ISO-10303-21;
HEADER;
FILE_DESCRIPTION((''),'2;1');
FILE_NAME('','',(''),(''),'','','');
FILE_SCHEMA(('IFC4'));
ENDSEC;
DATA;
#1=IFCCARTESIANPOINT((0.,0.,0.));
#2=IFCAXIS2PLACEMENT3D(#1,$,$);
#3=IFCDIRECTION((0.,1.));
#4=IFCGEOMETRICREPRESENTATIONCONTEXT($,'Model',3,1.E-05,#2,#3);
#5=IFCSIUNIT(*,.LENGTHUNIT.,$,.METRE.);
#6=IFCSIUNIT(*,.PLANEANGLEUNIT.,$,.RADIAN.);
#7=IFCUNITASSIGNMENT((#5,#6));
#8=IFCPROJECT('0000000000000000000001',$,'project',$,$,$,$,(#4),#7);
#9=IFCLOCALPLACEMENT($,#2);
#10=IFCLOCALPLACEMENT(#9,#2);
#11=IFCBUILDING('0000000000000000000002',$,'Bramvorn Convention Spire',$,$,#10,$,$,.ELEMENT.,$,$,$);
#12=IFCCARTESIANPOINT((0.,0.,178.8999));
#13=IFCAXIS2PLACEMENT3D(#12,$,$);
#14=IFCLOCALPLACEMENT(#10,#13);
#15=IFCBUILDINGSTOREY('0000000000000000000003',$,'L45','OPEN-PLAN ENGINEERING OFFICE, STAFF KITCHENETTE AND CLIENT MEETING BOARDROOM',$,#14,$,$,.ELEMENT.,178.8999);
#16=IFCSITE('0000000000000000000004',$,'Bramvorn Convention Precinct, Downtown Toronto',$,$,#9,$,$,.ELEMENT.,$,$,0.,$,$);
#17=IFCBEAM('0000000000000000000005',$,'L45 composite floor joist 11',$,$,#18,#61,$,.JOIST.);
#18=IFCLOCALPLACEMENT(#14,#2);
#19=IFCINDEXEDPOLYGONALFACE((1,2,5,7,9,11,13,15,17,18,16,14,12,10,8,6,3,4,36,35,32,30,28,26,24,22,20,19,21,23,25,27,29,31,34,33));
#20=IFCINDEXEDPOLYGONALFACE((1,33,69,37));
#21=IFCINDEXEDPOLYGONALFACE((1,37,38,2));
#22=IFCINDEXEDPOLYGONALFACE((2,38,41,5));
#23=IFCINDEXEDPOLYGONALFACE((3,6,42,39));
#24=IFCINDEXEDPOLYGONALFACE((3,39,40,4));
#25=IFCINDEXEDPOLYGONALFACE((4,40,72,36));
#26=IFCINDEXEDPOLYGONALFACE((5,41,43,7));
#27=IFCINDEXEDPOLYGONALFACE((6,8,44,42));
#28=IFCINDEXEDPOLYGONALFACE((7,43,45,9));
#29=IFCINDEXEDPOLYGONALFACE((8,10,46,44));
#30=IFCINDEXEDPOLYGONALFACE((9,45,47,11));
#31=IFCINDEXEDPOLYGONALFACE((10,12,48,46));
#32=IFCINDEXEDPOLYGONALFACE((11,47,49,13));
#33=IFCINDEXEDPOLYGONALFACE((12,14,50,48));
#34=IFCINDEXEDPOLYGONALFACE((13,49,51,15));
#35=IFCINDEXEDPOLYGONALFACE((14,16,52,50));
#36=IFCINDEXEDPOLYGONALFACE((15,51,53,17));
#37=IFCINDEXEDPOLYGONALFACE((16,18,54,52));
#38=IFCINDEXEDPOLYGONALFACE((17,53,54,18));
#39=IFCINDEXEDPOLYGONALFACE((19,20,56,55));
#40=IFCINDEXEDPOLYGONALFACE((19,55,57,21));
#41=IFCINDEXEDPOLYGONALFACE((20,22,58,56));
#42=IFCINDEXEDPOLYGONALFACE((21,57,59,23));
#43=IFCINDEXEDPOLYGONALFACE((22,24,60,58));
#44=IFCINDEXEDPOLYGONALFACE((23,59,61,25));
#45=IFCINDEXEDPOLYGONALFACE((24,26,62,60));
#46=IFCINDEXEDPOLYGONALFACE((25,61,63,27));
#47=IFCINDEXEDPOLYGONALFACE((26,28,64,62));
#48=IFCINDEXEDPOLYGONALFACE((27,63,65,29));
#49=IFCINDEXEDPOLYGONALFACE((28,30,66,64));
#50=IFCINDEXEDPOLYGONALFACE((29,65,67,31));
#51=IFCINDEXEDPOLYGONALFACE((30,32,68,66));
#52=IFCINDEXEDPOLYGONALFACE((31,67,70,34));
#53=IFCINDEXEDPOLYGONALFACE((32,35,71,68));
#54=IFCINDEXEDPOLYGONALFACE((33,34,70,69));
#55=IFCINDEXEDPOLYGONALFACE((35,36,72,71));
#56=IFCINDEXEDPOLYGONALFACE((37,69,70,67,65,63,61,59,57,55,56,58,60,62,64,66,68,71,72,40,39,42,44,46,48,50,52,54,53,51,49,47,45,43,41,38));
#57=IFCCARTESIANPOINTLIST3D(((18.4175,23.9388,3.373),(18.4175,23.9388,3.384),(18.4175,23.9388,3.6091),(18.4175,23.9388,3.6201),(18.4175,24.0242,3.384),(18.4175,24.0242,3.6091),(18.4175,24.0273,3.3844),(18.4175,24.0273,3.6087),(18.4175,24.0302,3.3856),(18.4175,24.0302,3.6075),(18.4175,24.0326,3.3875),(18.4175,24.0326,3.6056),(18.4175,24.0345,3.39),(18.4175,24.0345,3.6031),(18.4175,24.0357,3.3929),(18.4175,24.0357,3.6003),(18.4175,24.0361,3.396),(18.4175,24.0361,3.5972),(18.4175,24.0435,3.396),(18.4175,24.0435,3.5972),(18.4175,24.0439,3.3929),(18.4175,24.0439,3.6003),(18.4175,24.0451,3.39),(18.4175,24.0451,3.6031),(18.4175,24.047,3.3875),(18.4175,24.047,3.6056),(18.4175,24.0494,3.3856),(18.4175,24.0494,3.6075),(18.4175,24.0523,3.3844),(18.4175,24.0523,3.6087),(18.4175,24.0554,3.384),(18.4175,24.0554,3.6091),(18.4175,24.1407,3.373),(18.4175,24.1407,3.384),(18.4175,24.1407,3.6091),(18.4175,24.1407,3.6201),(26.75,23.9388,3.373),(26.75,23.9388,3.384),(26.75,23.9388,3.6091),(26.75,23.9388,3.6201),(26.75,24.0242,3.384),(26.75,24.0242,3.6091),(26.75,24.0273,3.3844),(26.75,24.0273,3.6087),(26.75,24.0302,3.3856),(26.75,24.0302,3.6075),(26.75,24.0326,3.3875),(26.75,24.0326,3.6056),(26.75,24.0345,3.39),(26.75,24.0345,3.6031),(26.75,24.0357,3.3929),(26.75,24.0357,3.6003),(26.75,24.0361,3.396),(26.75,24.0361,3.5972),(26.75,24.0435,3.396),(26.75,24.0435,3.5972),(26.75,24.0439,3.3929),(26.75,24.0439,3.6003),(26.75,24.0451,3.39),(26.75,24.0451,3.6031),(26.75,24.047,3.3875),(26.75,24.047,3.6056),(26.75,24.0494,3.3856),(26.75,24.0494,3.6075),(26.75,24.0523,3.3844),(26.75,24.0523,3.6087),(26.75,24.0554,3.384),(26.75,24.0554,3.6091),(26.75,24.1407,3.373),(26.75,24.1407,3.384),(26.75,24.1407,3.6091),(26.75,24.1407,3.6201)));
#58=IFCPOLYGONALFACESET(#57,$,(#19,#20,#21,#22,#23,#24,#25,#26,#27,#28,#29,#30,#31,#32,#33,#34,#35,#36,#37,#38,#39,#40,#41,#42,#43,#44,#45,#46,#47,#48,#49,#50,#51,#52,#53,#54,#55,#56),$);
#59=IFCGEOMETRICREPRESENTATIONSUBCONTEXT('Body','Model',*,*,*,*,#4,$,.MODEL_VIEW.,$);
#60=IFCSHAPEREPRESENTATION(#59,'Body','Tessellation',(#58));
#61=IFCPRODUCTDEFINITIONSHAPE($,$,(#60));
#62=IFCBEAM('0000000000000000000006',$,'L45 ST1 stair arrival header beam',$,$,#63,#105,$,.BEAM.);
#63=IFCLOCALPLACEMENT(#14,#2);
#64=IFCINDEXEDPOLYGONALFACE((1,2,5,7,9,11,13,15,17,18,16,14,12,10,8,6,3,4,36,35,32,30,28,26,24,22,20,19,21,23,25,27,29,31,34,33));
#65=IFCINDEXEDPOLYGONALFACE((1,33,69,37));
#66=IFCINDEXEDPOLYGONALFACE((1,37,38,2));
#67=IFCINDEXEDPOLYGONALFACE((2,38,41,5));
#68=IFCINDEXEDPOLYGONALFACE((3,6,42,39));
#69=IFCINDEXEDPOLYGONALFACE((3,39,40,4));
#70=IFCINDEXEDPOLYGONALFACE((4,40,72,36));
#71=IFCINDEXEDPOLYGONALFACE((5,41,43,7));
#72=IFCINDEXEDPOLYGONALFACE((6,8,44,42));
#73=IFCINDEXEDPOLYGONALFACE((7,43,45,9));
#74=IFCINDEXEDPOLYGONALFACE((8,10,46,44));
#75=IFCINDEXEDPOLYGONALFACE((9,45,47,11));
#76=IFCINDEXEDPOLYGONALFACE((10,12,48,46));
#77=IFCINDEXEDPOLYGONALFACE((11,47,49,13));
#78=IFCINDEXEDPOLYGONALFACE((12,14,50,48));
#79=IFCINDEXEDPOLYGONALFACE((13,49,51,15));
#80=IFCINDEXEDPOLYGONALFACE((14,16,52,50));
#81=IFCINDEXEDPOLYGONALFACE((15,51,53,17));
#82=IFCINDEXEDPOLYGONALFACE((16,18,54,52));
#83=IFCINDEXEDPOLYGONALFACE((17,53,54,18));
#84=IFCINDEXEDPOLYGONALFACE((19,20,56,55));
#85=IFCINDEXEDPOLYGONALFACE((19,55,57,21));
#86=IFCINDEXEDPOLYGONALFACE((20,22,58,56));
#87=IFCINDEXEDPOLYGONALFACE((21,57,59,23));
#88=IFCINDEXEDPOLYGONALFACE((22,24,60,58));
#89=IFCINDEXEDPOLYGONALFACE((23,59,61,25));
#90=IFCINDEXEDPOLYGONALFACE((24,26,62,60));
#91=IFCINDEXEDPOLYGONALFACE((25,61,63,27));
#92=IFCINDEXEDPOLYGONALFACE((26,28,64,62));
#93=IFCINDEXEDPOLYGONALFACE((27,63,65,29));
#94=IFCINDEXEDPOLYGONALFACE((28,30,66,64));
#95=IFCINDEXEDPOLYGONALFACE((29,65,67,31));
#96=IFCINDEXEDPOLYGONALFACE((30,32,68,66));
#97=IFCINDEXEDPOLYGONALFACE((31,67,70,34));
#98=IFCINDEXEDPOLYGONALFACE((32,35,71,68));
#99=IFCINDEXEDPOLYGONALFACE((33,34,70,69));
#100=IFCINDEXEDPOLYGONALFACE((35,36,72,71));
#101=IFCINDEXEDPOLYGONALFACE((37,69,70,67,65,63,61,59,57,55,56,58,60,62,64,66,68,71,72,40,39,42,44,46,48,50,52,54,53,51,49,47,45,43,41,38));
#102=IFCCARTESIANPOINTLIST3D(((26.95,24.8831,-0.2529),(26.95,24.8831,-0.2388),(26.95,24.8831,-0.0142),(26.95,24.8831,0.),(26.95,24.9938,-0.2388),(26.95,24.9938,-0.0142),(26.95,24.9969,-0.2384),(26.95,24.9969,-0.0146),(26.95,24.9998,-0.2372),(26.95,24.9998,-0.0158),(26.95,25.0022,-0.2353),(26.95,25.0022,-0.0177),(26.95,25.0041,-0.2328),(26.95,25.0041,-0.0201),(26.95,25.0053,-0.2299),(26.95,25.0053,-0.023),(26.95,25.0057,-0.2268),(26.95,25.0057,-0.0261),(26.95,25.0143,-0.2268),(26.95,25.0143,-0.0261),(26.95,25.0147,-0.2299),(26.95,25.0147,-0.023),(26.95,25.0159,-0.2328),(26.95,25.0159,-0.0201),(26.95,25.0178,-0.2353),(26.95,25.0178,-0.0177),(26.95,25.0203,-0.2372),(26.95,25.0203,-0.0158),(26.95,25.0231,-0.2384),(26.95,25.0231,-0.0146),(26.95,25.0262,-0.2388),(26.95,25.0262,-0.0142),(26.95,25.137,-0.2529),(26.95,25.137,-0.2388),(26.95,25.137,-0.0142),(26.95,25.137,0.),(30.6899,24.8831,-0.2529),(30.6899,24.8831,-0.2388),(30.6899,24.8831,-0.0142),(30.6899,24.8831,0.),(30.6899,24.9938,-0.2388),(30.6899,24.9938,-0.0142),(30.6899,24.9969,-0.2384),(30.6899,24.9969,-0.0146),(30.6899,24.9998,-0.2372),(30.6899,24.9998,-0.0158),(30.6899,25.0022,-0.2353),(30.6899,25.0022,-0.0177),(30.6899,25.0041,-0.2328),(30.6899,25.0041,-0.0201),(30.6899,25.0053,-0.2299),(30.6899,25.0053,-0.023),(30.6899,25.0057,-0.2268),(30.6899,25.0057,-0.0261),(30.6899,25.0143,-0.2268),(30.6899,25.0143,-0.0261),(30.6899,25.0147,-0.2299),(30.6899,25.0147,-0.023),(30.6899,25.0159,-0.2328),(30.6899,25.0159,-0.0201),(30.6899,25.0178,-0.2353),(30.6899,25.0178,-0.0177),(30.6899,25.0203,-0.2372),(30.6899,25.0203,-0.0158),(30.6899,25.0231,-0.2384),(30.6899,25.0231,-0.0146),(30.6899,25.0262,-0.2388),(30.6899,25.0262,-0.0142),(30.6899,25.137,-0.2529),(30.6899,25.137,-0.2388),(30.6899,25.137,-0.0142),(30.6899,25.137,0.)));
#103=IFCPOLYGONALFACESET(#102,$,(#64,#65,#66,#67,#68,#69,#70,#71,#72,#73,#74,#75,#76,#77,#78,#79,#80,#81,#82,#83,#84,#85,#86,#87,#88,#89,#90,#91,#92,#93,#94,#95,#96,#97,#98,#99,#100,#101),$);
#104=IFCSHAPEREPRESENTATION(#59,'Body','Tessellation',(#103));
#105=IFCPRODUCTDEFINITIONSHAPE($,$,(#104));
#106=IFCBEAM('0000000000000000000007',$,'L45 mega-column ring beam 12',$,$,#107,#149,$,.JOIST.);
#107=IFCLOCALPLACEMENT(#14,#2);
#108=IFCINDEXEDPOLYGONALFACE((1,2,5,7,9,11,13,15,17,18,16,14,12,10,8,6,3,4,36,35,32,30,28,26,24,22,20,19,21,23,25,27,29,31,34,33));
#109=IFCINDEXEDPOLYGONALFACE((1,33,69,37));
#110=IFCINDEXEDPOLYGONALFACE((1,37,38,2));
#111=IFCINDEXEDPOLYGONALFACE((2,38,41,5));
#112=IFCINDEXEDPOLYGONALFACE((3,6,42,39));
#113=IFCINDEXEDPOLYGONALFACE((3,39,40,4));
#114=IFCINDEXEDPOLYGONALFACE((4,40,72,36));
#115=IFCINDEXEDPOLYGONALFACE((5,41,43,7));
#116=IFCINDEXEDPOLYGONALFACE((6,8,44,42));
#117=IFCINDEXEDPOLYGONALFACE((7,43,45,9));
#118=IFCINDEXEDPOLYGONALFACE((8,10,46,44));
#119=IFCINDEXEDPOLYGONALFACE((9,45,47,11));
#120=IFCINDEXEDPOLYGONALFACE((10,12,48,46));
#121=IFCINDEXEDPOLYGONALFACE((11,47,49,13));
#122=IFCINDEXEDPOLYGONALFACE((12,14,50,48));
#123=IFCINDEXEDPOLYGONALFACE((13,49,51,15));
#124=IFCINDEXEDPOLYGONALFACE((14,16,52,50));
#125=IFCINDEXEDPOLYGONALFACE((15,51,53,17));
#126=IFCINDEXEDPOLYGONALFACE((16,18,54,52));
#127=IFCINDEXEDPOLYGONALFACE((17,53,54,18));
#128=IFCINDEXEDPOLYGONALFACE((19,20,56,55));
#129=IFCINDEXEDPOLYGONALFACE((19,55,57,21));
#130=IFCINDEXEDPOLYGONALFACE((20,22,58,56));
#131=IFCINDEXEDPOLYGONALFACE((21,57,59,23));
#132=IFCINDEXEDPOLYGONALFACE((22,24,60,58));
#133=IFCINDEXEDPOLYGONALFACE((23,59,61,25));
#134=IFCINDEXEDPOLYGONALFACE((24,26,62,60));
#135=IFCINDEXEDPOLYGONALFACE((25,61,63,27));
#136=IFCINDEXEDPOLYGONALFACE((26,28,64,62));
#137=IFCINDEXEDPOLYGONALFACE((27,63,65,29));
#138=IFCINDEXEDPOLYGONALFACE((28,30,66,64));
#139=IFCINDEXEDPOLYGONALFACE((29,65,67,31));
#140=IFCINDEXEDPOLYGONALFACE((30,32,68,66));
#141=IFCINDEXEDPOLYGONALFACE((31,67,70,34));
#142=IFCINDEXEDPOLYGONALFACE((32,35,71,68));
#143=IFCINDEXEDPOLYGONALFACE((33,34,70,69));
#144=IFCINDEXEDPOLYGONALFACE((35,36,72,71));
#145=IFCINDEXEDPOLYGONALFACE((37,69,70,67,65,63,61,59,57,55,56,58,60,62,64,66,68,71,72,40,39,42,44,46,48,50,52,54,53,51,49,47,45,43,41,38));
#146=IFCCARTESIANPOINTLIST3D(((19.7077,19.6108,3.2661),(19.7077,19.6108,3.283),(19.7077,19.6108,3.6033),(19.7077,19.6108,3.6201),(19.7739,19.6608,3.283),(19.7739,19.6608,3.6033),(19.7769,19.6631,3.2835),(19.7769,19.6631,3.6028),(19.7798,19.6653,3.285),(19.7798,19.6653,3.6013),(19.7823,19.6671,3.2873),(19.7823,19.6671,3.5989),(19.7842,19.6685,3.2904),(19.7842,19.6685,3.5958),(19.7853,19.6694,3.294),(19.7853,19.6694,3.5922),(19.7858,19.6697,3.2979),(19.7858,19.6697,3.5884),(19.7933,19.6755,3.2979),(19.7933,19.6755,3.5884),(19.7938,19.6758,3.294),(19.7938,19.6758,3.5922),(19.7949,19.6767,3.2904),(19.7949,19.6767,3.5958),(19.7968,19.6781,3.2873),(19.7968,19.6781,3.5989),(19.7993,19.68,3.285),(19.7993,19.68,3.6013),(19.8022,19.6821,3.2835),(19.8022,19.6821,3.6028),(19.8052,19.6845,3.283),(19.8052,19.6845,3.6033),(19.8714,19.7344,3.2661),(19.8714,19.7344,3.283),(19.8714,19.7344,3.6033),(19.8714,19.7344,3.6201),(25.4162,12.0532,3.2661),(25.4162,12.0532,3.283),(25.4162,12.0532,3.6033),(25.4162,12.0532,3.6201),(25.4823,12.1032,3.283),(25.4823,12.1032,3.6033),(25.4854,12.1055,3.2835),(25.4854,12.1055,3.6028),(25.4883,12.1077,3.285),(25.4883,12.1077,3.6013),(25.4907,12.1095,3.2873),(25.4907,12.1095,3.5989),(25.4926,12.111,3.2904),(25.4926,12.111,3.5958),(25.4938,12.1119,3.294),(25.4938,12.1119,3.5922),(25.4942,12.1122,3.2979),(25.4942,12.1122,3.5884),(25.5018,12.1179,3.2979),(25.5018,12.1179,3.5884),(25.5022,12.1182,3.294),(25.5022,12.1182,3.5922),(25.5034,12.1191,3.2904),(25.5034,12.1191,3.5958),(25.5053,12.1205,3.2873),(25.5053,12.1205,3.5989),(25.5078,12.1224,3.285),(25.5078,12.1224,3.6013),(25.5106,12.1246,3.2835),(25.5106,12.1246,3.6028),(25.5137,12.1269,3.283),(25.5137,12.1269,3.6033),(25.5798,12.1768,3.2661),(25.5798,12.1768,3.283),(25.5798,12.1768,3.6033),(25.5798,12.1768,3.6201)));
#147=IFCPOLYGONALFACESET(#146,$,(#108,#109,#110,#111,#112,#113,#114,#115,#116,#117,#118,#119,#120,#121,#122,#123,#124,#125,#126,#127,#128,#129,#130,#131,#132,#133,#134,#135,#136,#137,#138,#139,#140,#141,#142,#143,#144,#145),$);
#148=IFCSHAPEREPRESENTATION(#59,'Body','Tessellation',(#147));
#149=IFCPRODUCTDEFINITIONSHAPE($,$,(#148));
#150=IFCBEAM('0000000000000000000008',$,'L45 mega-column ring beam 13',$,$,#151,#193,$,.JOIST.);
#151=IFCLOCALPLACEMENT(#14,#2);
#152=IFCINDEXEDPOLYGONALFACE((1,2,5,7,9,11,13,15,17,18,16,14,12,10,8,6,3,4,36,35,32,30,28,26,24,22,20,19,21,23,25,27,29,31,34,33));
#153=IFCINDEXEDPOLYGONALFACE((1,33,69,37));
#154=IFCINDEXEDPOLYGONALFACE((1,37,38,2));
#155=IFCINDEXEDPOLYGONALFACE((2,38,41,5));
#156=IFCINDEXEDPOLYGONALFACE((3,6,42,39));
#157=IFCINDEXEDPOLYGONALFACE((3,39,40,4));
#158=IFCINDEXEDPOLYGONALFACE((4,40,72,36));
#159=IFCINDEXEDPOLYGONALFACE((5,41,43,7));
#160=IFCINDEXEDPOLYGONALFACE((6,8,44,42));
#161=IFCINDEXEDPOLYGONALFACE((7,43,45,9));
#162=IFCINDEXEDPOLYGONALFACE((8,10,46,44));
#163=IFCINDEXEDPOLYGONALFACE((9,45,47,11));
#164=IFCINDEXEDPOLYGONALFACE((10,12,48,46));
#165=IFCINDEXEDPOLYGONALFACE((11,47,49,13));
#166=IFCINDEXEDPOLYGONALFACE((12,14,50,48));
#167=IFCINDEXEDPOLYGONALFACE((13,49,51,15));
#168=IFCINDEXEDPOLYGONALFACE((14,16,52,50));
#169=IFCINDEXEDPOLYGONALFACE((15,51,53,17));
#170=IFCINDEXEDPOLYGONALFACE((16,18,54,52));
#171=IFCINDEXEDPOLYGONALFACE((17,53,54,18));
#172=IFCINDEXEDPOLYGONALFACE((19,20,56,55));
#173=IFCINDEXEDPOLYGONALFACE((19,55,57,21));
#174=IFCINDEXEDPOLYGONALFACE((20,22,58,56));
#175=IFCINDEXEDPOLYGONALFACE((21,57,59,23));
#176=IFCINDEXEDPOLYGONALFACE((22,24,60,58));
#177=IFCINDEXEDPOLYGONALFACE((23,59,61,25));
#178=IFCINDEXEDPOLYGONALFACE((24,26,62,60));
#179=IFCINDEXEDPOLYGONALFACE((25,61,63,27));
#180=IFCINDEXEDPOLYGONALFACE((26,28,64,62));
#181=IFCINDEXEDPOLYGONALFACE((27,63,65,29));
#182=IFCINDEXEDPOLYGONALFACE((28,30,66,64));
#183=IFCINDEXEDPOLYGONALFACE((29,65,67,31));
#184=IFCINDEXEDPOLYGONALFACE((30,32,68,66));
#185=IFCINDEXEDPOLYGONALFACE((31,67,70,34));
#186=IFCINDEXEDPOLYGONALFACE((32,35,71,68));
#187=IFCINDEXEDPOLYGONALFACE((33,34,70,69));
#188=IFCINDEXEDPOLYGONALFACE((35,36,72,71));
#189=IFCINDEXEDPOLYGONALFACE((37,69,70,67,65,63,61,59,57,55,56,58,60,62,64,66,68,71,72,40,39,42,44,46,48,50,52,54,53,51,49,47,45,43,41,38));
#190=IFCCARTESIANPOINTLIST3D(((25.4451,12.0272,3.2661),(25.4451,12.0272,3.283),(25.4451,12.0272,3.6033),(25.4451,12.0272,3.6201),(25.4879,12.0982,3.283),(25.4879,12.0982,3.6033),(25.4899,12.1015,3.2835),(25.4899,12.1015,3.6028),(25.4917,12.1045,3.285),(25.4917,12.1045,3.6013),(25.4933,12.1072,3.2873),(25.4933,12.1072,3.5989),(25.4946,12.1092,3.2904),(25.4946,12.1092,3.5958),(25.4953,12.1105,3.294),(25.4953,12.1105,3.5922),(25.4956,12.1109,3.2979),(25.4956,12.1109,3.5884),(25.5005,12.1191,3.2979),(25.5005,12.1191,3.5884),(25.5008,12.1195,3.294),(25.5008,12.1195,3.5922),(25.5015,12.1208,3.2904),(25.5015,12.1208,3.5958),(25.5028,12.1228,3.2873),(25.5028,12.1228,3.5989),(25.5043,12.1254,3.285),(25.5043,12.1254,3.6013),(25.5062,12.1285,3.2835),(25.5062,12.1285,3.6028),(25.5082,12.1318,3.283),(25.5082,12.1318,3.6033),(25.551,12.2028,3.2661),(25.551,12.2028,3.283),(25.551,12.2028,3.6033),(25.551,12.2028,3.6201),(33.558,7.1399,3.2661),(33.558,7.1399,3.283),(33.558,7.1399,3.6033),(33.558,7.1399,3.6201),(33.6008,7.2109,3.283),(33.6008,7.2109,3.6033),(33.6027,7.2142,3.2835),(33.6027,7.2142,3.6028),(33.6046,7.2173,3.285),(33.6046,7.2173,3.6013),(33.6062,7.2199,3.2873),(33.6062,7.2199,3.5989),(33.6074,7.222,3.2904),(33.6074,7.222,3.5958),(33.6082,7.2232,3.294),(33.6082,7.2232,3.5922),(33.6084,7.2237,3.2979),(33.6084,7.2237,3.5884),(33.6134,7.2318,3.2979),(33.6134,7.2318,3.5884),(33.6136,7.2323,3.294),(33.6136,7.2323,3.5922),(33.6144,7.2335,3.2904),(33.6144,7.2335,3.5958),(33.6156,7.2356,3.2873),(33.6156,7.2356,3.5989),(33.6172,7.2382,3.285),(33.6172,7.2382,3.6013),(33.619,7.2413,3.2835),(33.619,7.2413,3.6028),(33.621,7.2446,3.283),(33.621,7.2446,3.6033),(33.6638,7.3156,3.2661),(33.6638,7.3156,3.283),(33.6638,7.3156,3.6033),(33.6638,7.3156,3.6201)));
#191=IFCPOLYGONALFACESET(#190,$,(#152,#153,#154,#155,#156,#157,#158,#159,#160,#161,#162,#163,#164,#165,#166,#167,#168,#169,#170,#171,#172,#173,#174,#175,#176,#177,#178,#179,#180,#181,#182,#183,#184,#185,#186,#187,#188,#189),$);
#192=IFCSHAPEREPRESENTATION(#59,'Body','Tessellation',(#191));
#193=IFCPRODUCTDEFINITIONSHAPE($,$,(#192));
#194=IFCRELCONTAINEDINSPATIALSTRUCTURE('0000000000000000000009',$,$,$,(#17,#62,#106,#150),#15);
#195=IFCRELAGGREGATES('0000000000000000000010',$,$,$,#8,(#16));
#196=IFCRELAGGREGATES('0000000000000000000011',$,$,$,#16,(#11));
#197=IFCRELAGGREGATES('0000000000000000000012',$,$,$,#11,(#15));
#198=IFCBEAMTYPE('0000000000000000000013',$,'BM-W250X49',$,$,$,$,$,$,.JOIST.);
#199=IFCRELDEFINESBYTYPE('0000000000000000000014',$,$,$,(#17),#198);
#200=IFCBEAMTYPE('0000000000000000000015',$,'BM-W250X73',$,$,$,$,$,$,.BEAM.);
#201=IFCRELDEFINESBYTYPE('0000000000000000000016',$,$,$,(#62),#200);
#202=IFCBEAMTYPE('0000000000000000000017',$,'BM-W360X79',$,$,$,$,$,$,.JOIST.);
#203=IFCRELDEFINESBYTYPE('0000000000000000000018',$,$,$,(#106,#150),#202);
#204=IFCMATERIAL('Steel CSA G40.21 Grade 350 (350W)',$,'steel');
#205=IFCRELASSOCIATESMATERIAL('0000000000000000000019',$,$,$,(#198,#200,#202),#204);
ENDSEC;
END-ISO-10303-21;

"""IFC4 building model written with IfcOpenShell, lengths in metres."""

from ifc_helpers import new_model, si_unit, direction, frame, origin, origin_2d, place, context, subcontext, project, spatial, i_section, extrude, material, material_profile, profile_set, type_object, element, save


model = new_model("IFC4")

# Units and contexts
model_context = context("Model", 3, precision=1e-05, world=origin(), true_north=direction((0.0, 1.0)))
body_context = subcontext(model_context, "Body", "Model", "MODEL_VIEW")
ifc_project = project(units=[si_unit("LENGTHUNIT", "METRE"), si_unit("PLANEANGLEUNIT", "RADIAN")], contexts=[model_context])

# Site, building, storey
site_placement = place(None, origin())
site = spatial("IfcSite", under=ifc_project, at=site_placement, Name="Bramvorn Convention Precinct, Downtown Toronto", CompositionType="ELEMENT", RefElevation=0.0)
building_placement = place(site_placement, origin())
building = spatial("IfcBuilding", under=site, at=building_placement, Name="Bramvorn Convention Spire", CompositionType="ELEMENT")
storey_placement = place(building_placement, frame((0.0, 0.0, 178.8999)))
storey = spatial("IfcBuildingStorey", under=building, at=storey_placement, Name="L45", Description="OPEN-PLAN ENGINEERING OFFICE, STAFF KITCHENETTE AND CLIENT MEETING BOARDROOM", CompositionType="ELEMENT", Elevation=178.8999)

# Shared definitions
ifc_material_1 = material(Name="Steel CSA G40.21 Grade 350 (350W)", Category="steel")

# Beams
ifc_material_profile_1 = material_profile(ifc_material_1, i_section(OverallWidth=0.2019, OverallDepth=0.2471, WebThickness=0.0073, FlangeThickness=0.011, FilletRadius=0.012, at=origin_2d()))
ifc_profile_set_1 = profile_set([ifc_material_profile_1], Name="Steel CSA G40.21 Grade 350 (350W) - W250X49")
beam_type_1 = type_object("IfcBeamType", Name="BM-W250X49", PredefinedType="JOIST", material=ifc_profile_set_1)
beam_1_placement = place(storey_placement, frame((26.75, 24.0398, 3.4966), z_axis=(-1.0, 0.0, 0.0), x_axis=(0.0, -1.0, 0.0)))
element("IfcBeam", 1, at=beam_1_placement, inside=storey, type_object=beam_type_1, Name="L45 composite floor joist 11", PredefinedType="JOIST", context=body_context, shape_type="SweptSolid", body=[
    extrude(i_section(OverallWidth=0.2019, OverallDepth=0.2471, WebThickness=0.0073, FlangeThickness=0.011, FilletRadius=0.012, at=origin_2d()), origin(), (0.0, 0.0, 1.0), 8.3325),
])
ifc_material_profile_2 = material_profile(ifc_material_1, i_section(OverallWidth=0.2539, OverallDepth=0.2529, WebThickness=0.0085, FlangeThickness=0.0142, FilletRadius=0.012, at=origin_2d()))
ifc_profile_set_2 = profile_set([ifc_material_profile_2], Name="Steel CSA G40.21 Grade 350 (350W) - W250X73")
beam_type_2 = type_object("IfcBeamType", Name="BM-W250X73", PredefinedType="BEAM", material=ifc_profile_set_2)
beam_2_placement = place(storey_placement, frame((26.95, 25.01, -0.1265), z_axis=(1.0, 0.0, 0.0), x_axis=(0.0, 1.0, 0.0)))
element("IfcBeam", 2, at=beam_2_placement, inside=storey, type_object=beam_type_2, Name="L45 ST1 stair arrival header beam", PredefinedType="BEAM", context=body_context, shape_type="SweptSolid", body=[
    extrude(i_section(OverallWidth=0.2539, OverallDepth=0.2529, WebThickness=0.0085, FlangeThickness=0.0142, FilletRadius=0.012, at=origin_2d()), origin(), (0.0, 0.0, 1.0), 3.74),
])
ifc_material_profile_3 = material_profile(ifc_material_1, i_section(OverallWidth=0.2051, OverallDepth=0.354, WebThickness=0.0095, FlangeThickness=0.0168, FilletRadius=0.0149, at=origin_2d()))
ifc_profile_set_3 = profile_set([ifc_material_profile_3], Name="Steel CSA G40.21 Grade 350 (350W) - W360X79")
beam_type_3 = type_object("IfcBeamType", Name="BM-W360X79", PredefinedType="JOIST", material=ifc_profile_set_3)
for number, where, z_axis, x_axis, name in (
    (3, (19.7896, 19.6726, 3.4431), (0.602719, -0.797954, 0.0), (0.797954, 0.602719, 0.0), "L45 mega-column ring beam 12"),
    (4, (25.498, 12.115, 3.4431), (0.856582, -0.516011, 0.0), (0.516011, 0.856582, 0.0), "L45 mega-column ring beam 13"),
):
    element("IfcBeam", number, at=place(storey_placement, frame(where, z_axis=z_axis, x_axis=x_axis)), inside=storey, type_object=beam_type_3, Name=name, PredefinedType="JOIST", context=body_context, shape_type="SweptSolid", body=[
        extrude(i_section(OverallWidth=0.2051, OverallDepth=0.354, WebThickness=0.0095, FlangeThickness=0.0168, FilletRadius=0.0149, at=origin_2d()), origin(), (0.0, 0.0, 1.0), 9.4712),
    ])

save(model, "model.ifc")
